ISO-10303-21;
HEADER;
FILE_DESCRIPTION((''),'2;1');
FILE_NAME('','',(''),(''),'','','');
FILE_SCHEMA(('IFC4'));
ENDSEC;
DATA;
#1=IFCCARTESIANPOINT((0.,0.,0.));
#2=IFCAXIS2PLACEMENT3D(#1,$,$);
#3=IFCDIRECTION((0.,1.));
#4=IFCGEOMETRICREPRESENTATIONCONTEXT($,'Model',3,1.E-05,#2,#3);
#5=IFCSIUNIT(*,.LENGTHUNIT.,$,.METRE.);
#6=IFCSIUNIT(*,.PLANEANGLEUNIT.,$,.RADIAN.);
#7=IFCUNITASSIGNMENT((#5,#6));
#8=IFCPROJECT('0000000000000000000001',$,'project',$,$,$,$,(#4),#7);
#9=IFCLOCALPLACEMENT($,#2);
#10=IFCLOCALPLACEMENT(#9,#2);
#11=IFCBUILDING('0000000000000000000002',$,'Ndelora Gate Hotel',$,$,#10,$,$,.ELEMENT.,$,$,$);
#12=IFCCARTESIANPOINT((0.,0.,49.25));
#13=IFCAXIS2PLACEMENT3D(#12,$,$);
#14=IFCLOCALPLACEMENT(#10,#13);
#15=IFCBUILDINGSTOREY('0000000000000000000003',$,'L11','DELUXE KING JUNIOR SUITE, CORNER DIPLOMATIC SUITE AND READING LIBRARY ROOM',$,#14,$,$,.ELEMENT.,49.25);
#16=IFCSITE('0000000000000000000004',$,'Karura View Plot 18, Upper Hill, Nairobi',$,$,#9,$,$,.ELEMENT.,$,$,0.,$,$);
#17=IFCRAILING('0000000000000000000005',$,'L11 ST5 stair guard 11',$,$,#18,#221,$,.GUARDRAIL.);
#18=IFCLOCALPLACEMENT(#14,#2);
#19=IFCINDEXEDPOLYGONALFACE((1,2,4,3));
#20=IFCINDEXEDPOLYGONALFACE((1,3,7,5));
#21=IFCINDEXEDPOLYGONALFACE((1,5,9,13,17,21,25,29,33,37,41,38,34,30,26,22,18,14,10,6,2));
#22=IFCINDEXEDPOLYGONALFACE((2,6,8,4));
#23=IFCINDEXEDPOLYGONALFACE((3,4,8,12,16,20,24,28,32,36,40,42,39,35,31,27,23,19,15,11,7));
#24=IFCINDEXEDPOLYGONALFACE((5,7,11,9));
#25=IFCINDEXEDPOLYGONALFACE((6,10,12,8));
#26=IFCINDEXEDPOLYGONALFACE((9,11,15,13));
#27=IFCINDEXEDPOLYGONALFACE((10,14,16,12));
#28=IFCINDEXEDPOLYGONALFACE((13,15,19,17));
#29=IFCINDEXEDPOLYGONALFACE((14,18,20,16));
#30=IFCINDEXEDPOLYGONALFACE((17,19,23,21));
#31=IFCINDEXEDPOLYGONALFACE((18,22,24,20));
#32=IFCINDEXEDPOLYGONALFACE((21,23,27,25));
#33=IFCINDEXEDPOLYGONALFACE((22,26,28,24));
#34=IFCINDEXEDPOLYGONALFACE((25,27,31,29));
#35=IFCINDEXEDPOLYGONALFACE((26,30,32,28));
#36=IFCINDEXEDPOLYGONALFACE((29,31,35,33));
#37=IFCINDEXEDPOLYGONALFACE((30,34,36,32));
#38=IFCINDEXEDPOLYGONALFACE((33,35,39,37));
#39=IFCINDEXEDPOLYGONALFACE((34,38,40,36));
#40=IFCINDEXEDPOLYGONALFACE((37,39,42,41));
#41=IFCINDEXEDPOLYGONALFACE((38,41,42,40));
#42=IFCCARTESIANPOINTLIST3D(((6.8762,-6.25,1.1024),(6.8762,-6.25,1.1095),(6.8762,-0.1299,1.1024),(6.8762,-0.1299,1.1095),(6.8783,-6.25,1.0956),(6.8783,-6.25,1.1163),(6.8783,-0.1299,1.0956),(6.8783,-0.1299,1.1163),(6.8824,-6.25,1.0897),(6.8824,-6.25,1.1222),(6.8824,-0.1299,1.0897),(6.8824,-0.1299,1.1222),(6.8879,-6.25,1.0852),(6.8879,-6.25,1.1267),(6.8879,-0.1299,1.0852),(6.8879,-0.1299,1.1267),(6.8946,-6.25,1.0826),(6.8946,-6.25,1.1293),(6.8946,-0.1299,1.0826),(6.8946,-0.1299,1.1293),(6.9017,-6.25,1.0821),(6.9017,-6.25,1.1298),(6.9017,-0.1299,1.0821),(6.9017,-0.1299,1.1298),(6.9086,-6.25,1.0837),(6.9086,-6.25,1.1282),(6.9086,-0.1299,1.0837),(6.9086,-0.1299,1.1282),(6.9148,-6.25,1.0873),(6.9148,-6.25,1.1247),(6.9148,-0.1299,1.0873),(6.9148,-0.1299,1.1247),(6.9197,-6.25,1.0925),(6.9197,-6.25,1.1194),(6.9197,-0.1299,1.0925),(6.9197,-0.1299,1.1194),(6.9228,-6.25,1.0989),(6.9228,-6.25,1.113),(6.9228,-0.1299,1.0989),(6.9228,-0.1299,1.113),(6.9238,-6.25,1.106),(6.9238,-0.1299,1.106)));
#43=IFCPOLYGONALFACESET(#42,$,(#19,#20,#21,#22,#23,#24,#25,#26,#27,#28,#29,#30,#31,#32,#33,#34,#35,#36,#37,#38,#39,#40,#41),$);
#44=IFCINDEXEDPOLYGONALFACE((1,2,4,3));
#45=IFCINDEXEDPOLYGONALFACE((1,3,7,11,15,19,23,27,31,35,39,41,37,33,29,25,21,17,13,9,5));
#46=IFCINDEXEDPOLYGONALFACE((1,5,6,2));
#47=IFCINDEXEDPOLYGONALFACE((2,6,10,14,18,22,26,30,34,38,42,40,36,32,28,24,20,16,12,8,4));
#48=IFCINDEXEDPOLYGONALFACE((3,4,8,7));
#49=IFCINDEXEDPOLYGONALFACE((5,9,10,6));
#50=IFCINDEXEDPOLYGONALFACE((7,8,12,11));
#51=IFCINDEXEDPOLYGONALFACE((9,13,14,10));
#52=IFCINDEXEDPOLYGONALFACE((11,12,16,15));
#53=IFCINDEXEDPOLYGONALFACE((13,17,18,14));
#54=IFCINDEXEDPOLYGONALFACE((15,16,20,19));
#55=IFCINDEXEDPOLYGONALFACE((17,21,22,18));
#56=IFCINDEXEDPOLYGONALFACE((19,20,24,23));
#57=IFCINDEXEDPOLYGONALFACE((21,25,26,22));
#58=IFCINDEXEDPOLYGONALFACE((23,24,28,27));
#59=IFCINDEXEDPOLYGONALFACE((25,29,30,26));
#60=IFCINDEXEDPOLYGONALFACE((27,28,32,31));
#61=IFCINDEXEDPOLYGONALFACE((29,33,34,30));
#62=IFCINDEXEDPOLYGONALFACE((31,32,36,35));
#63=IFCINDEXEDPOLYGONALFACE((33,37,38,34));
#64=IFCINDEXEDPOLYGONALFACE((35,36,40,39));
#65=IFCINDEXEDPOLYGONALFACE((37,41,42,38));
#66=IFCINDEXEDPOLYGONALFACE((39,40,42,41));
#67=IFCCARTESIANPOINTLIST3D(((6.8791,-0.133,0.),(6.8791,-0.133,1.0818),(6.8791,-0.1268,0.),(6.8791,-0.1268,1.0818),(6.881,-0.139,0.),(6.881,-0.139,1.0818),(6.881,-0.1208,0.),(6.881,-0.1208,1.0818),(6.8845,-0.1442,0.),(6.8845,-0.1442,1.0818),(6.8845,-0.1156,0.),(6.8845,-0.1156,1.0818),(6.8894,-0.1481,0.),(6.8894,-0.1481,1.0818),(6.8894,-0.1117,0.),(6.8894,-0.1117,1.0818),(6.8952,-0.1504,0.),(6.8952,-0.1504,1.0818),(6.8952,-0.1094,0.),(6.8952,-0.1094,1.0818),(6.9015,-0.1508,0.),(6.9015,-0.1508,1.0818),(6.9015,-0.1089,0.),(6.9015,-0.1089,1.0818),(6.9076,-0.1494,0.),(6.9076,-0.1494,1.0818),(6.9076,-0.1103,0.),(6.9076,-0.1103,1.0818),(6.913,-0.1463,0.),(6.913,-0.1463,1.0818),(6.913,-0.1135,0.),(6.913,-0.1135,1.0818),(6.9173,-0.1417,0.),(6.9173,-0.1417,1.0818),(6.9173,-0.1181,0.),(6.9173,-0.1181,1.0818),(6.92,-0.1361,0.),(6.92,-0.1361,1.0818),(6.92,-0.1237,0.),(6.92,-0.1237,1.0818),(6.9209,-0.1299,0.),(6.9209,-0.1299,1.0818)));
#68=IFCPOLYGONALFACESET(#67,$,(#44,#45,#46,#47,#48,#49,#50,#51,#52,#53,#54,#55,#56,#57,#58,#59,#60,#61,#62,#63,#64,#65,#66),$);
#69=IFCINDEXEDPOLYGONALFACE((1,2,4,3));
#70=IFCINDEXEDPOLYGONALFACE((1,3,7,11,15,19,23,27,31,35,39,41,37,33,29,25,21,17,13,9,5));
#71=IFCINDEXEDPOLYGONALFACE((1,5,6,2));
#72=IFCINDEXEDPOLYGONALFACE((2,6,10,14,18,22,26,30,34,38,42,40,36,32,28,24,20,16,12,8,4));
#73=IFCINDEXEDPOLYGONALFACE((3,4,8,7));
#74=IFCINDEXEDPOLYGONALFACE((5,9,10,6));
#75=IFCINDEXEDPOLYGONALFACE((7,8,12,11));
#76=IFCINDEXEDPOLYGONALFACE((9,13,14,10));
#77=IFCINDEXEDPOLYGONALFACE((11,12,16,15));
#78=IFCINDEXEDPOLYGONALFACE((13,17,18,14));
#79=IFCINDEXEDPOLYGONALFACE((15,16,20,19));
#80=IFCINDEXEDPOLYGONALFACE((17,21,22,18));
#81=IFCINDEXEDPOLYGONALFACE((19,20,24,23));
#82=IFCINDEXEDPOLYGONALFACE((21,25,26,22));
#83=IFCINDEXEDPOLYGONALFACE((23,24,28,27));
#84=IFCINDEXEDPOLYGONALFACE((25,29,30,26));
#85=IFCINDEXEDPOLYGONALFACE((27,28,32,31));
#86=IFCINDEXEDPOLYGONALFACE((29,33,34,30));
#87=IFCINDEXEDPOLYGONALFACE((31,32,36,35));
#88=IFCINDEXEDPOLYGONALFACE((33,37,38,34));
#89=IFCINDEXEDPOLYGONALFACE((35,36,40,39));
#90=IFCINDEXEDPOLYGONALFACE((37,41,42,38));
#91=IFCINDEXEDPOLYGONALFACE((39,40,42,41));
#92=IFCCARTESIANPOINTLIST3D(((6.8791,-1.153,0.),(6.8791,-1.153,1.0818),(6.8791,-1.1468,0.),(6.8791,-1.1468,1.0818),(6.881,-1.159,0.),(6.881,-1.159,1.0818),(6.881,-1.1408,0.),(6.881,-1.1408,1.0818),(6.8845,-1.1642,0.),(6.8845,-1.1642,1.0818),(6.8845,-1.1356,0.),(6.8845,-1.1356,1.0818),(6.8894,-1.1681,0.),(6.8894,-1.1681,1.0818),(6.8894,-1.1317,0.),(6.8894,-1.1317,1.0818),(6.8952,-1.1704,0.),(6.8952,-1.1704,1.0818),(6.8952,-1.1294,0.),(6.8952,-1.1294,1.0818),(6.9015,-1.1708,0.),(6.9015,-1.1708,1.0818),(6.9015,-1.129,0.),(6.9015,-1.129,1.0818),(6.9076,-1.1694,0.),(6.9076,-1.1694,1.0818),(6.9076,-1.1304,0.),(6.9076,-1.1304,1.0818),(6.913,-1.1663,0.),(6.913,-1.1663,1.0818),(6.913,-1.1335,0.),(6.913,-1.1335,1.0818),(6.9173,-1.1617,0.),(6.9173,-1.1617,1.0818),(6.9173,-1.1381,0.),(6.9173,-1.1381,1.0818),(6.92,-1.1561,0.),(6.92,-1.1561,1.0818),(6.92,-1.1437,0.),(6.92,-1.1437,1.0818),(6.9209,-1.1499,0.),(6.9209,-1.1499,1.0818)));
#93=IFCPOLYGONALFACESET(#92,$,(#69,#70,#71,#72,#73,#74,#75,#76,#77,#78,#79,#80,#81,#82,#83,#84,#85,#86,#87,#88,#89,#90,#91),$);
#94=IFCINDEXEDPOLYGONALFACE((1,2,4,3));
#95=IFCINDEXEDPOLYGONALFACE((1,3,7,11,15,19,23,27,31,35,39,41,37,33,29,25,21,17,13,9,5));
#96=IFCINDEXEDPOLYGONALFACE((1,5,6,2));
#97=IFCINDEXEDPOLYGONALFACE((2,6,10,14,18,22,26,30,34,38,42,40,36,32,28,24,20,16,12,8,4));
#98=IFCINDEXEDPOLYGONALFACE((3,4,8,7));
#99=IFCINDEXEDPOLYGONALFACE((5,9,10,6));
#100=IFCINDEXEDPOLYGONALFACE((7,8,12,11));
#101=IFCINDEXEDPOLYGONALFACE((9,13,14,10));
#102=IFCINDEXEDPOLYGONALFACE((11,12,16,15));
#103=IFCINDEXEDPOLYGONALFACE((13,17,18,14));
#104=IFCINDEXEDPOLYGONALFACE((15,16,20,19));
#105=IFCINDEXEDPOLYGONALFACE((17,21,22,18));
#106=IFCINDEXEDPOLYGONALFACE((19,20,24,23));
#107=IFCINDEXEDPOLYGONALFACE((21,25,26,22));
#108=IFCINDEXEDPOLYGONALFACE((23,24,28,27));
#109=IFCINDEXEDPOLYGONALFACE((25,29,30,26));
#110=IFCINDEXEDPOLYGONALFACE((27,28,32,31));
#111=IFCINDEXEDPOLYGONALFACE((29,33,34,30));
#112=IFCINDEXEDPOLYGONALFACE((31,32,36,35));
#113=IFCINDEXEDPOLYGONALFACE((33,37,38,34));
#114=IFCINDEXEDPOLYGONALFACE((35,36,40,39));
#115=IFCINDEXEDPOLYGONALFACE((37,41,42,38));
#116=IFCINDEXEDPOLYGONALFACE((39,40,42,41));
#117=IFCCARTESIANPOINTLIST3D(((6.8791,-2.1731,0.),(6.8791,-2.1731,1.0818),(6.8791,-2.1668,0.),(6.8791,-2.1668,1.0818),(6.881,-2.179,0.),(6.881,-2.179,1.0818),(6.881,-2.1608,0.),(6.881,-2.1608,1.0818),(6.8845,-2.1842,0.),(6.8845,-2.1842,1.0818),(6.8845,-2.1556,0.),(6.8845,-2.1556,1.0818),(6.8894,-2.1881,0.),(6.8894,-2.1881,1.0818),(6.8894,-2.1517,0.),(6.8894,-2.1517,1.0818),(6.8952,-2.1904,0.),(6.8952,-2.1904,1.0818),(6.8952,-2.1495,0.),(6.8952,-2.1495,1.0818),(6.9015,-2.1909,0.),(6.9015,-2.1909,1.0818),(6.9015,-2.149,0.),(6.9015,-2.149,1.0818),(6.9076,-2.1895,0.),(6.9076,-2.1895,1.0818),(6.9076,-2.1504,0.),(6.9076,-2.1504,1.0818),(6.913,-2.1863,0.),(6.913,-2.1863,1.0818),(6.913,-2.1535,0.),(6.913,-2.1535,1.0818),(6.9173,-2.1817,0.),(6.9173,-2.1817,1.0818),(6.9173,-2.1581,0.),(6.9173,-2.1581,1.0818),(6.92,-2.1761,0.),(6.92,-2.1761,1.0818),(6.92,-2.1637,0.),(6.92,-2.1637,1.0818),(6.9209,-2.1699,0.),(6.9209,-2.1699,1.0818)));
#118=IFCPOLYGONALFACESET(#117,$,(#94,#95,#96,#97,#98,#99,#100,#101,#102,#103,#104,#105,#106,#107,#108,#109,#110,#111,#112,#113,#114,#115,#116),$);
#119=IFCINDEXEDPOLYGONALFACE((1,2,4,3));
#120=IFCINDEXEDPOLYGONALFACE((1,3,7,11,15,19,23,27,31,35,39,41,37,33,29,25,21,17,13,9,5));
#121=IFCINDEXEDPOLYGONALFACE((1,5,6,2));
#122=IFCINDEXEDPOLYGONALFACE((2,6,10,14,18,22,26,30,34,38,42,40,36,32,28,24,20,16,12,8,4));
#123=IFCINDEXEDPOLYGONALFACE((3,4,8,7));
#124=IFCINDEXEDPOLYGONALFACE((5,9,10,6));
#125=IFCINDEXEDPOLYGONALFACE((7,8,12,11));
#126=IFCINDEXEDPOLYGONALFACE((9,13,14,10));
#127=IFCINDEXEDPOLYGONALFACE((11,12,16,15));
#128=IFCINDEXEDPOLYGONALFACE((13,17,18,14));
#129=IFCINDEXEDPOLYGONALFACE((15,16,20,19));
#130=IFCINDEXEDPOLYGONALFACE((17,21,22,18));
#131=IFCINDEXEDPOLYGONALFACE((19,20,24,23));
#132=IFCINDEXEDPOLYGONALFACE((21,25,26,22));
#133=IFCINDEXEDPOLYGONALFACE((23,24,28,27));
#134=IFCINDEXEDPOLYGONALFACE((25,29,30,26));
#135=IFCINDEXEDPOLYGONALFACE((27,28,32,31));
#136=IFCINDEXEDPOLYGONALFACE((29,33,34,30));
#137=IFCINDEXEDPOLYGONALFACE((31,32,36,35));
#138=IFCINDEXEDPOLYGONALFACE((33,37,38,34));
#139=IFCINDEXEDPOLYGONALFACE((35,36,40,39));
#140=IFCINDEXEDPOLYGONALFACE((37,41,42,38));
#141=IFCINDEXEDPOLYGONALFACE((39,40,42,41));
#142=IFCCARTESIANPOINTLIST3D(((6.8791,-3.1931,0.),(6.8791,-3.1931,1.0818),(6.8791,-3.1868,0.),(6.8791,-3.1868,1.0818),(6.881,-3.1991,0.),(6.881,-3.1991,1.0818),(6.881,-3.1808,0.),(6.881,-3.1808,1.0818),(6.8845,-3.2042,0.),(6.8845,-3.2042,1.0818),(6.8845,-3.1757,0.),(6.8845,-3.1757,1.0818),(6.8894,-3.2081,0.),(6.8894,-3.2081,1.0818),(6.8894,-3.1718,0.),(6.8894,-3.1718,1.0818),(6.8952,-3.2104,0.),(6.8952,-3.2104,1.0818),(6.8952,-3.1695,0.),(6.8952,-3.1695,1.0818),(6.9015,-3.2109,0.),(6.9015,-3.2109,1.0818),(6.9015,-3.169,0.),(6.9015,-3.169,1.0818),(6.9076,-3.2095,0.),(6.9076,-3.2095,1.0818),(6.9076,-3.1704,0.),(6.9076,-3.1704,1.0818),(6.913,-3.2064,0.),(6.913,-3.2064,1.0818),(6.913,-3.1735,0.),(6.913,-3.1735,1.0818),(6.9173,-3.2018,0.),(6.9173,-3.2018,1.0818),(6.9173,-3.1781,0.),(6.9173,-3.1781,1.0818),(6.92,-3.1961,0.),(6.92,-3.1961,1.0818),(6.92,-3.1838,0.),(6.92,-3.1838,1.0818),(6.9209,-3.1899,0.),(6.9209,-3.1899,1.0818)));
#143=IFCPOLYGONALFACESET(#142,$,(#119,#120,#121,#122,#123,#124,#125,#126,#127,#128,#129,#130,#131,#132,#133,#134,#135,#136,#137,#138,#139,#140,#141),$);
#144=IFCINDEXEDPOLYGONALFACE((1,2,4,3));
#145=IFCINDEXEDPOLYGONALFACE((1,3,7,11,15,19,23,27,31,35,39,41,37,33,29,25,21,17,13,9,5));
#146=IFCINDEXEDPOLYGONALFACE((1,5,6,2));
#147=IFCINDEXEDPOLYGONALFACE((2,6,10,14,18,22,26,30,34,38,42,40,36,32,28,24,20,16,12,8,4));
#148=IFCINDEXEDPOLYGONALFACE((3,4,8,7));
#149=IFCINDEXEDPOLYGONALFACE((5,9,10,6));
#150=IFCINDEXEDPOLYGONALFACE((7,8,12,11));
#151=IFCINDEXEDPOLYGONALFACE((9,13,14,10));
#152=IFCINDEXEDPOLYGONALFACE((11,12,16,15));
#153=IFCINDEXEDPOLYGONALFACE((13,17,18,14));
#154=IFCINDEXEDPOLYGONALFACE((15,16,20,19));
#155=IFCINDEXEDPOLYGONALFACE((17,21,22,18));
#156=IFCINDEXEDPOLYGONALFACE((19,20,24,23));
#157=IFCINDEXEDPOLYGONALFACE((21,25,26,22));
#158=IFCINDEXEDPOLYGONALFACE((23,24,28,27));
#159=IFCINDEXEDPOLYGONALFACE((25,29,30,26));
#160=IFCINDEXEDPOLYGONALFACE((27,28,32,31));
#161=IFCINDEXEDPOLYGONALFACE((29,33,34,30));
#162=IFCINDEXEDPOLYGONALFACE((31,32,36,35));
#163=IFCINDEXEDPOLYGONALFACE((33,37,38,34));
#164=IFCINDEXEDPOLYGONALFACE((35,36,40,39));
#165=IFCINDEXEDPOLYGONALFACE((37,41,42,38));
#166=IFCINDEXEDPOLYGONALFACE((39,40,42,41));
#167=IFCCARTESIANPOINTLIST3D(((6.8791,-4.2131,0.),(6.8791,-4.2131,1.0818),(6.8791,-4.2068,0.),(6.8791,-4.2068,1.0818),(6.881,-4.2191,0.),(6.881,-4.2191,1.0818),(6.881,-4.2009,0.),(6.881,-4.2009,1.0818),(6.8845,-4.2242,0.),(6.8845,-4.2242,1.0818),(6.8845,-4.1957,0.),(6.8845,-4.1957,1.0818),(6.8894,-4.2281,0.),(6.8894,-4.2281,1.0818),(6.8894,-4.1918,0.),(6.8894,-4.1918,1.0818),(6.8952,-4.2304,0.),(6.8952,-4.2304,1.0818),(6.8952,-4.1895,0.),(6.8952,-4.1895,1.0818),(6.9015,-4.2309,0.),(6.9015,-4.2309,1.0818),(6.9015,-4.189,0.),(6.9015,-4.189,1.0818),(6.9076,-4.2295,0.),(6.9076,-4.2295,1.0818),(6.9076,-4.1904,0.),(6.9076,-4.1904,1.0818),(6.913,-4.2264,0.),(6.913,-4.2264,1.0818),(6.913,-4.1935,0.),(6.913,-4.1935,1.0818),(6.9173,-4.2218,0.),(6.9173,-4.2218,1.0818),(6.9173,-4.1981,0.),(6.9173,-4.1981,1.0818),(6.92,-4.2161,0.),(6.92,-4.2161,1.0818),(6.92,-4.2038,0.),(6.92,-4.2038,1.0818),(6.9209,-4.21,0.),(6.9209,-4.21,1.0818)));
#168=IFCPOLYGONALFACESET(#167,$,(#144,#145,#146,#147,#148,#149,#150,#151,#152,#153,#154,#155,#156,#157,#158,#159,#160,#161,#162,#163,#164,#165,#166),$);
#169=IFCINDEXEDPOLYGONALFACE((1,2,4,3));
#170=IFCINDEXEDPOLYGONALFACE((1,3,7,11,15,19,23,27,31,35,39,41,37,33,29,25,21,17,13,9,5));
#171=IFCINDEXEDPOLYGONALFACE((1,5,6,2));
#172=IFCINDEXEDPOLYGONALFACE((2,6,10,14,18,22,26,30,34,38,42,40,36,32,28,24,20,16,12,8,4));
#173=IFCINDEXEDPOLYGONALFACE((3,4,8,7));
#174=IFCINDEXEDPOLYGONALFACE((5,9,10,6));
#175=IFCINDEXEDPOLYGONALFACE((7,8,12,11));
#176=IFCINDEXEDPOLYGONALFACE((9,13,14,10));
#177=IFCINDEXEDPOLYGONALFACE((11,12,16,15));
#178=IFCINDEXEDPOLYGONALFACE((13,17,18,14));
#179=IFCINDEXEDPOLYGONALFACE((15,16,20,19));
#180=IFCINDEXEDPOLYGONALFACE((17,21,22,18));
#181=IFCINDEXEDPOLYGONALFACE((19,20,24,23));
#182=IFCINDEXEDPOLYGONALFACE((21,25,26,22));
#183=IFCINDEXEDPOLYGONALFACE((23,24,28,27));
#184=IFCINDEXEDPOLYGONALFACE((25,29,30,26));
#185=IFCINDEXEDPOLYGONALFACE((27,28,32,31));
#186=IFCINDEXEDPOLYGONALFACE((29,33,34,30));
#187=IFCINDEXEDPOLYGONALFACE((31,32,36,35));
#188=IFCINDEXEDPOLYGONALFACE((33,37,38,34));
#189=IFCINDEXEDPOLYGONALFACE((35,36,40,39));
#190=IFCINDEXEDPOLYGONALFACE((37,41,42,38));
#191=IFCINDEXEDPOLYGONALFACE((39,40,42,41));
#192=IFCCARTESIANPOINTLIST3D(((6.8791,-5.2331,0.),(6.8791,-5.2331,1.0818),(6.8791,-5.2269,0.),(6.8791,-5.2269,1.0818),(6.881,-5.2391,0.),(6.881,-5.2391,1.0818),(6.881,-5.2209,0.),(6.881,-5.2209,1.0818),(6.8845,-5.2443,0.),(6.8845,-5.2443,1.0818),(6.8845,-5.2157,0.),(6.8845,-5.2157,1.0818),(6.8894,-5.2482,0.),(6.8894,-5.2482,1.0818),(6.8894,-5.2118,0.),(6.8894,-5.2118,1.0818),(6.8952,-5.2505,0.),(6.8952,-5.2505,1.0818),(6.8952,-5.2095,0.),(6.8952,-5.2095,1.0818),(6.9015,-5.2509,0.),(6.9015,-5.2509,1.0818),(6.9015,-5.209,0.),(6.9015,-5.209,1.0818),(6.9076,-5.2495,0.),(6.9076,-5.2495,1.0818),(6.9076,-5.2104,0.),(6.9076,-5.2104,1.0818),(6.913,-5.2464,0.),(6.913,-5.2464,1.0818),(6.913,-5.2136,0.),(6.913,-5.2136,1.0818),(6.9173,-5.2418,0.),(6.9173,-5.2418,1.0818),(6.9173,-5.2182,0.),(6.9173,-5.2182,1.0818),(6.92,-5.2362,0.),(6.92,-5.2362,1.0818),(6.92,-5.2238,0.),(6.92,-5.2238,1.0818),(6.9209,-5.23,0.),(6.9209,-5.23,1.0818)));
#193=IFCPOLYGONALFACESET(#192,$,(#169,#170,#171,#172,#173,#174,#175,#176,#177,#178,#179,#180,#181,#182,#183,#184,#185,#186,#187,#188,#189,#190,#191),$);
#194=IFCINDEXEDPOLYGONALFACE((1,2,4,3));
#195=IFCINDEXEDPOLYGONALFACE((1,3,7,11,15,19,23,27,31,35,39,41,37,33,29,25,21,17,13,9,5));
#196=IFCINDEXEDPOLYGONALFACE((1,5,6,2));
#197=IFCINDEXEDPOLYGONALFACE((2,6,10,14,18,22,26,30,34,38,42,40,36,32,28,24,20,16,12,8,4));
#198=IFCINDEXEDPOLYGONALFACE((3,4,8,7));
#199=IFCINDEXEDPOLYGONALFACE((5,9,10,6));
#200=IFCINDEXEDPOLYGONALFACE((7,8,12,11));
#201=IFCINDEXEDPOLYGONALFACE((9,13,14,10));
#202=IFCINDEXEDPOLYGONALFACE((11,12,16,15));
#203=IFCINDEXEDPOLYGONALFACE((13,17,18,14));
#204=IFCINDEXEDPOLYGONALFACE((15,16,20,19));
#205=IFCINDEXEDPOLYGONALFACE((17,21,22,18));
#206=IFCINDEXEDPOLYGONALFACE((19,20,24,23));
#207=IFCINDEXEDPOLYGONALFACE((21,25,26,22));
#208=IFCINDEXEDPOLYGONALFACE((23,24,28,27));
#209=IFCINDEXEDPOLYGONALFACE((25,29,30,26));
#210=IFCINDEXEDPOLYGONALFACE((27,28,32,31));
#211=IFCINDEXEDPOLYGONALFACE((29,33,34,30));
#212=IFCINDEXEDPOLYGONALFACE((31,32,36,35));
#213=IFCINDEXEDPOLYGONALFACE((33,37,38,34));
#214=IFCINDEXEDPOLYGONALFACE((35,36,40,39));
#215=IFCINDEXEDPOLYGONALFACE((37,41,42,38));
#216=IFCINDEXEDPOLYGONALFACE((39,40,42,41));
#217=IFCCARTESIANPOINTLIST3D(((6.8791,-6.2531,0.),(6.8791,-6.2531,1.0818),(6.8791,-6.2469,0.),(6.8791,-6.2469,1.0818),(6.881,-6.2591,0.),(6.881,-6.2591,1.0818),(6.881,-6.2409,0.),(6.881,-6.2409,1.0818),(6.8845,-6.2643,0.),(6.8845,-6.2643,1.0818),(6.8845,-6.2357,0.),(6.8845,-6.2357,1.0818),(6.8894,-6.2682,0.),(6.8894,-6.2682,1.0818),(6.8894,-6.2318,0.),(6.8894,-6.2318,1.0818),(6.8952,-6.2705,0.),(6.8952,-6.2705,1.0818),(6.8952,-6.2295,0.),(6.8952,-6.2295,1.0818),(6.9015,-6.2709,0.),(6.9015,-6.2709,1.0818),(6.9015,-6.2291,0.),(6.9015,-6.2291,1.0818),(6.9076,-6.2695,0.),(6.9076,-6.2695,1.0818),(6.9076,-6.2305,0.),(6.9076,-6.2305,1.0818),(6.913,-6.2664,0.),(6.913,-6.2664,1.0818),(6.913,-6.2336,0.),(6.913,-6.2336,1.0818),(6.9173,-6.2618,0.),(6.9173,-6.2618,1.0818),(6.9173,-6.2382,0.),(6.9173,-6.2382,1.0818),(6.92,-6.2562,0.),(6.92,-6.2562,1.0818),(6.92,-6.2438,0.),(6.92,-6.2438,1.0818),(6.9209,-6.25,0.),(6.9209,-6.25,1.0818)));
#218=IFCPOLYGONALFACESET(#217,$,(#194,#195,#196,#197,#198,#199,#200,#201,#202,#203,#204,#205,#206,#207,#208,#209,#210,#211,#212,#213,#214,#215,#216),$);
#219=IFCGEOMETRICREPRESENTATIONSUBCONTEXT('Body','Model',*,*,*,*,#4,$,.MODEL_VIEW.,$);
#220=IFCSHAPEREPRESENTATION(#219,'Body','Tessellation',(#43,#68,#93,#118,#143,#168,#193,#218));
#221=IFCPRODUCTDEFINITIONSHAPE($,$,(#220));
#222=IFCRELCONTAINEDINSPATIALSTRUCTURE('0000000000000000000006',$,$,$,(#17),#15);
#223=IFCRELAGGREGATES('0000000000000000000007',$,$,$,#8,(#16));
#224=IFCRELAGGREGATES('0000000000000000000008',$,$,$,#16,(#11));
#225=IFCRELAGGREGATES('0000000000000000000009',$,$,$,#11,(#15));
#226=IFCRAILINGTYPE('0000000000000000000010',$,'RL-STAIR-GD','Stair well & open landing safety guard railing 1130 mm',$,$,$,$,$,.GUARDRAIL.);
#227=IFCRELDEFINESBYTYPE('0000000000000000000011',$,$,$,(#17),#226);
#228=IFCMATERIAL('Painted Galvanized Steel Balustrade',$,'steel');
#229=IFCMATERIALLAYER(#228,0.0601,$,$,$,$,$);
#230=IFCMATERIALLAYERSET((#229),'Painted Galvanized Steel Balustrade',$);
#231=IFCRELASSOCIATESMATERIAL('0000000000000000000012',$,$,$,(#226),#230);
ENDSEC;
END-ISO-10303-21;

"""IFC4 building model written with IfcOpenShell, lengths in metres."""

from ifc_helpers import new_model, si_unit, direction, frame, origin, origin_2d, place, context, subcontext, project, spatial, circle, extrude, material, layer, layer_set, type_object, element, save


model = new_model("IFC4")

# Units and contexts
model_context = context("Model", 3, precision=1e-05, world=origin(), true_north=direction((0.0, 1.0)))
body_context = subcontext(model_context, "Body", "Model", "MODEL_VIEW")
ifc_project = project(units=[si_unit("LENGTHUNIT", "METRE"), si_unit("PLANEANGLEUNIT", "RADIAN")], contexts=[model_context])

# Site, building, storey
site_placement = place(None, origin())
site = spatial("IfcSite", under=ifc_project, at=site_placement, Name="Karura View Plot 18, Upper Hill, Nairobi", CompositionType="ELEMENT", RefElevation=0.0)
building_placement = place(site_placement, origin())
building = spatial("IfcBuilding", under=site, at=building_placement, Name="Ndelora Gate Hotel", CompositionType="ELEMENT")
storey_placement = place(building_placement, frame((0.0, 0.0, 49.25)))
storey = spatial("IfcBuildingStorey", under=building, at=storey_placement, Name="L11", Description="DELUXE KING JUNIOR SUITE, CORNER DIPLOMATIC SUITE AND READING LIBRARY ROOM", CompositionType="ELEMENT", Elevation=49.25)

# Railing
ifc_material_1 = material(Name="Painted Galvanized Steel Balustrade", Category="steel")
ifc_layer_1 = layer(ifc_material_1, 0.0601)
ifc_layer_set_1 = layer_set([ifc_layer_1], Name="Painted Galvanized Steel Balustrade")
railing_type_1 = type_object("IfcRailingType", Name="RL-STAIR-GD", Description="Stair well & open landing safety guard railing 1130 mm", PredefinedType="GUARDRAIL", material=ifc_layer_set_1)
railing_1_placement = place(storey_placement, frame((6.8999, -0.1299, 0.0)))
element("IfcRailing", 1, at=railing_1_placement, inside=storey, type_object=railing_type_1, Name="L11 ST5 stair guard 11", PredefinedType="GUARDRAIL", context=body_context, shape_type="SweptSolid", body=[
    extrude(circle(Radius=0.0239, at=origin_2d()), frame((0.0, 0.0, 1.106), z_axis=(0.0, -1.0, 0.0), x_axis=(1.0, 0.0, 0.0)), (0.0, 0.0, 1.0), 6.1201),
    extrude(circle(Radius=0.021, at=origin_2d()), origin(), (0.0, 0.0, 1.0), 1.0818),
    extrude(circle(Radius=0.021, at=origin_2d()), frame((0.0, -1.02, 0.0)), (0.0, 0.0, 1.0), 1.0818),
    extrude(circle(Radius=0.021, at=origin_2d()), frame((0.0, -2.04, 0.0)), (0.0, 0.0, 1.0), 1.0818),
    extrude(circle(Radius=0.021, at=origin_2d()), frame((0.0, -3.0601, 0.0)), (0.0, 0.0, 1.0), 1.0818),
    extrude(circle(Radius=0.021, at=origin_2d()), frame((0.0, -4.0801, 0.0)), (0.0, 0.0, 1.0), 1.0818),
    extrude(circle(Radius=0.021, at=origin_2d()), frame((0.0, -5.1001, 0.0)), (0.0, 0.0, 1.0), 1.0818),
    extrude(circle(Radius=0.021, at=origin_2d()), frame((0.0, -6.1201, 0.0)), (0.0, 0.0, 1.0), 1.0818),
])

save(model, "model.ifc")
